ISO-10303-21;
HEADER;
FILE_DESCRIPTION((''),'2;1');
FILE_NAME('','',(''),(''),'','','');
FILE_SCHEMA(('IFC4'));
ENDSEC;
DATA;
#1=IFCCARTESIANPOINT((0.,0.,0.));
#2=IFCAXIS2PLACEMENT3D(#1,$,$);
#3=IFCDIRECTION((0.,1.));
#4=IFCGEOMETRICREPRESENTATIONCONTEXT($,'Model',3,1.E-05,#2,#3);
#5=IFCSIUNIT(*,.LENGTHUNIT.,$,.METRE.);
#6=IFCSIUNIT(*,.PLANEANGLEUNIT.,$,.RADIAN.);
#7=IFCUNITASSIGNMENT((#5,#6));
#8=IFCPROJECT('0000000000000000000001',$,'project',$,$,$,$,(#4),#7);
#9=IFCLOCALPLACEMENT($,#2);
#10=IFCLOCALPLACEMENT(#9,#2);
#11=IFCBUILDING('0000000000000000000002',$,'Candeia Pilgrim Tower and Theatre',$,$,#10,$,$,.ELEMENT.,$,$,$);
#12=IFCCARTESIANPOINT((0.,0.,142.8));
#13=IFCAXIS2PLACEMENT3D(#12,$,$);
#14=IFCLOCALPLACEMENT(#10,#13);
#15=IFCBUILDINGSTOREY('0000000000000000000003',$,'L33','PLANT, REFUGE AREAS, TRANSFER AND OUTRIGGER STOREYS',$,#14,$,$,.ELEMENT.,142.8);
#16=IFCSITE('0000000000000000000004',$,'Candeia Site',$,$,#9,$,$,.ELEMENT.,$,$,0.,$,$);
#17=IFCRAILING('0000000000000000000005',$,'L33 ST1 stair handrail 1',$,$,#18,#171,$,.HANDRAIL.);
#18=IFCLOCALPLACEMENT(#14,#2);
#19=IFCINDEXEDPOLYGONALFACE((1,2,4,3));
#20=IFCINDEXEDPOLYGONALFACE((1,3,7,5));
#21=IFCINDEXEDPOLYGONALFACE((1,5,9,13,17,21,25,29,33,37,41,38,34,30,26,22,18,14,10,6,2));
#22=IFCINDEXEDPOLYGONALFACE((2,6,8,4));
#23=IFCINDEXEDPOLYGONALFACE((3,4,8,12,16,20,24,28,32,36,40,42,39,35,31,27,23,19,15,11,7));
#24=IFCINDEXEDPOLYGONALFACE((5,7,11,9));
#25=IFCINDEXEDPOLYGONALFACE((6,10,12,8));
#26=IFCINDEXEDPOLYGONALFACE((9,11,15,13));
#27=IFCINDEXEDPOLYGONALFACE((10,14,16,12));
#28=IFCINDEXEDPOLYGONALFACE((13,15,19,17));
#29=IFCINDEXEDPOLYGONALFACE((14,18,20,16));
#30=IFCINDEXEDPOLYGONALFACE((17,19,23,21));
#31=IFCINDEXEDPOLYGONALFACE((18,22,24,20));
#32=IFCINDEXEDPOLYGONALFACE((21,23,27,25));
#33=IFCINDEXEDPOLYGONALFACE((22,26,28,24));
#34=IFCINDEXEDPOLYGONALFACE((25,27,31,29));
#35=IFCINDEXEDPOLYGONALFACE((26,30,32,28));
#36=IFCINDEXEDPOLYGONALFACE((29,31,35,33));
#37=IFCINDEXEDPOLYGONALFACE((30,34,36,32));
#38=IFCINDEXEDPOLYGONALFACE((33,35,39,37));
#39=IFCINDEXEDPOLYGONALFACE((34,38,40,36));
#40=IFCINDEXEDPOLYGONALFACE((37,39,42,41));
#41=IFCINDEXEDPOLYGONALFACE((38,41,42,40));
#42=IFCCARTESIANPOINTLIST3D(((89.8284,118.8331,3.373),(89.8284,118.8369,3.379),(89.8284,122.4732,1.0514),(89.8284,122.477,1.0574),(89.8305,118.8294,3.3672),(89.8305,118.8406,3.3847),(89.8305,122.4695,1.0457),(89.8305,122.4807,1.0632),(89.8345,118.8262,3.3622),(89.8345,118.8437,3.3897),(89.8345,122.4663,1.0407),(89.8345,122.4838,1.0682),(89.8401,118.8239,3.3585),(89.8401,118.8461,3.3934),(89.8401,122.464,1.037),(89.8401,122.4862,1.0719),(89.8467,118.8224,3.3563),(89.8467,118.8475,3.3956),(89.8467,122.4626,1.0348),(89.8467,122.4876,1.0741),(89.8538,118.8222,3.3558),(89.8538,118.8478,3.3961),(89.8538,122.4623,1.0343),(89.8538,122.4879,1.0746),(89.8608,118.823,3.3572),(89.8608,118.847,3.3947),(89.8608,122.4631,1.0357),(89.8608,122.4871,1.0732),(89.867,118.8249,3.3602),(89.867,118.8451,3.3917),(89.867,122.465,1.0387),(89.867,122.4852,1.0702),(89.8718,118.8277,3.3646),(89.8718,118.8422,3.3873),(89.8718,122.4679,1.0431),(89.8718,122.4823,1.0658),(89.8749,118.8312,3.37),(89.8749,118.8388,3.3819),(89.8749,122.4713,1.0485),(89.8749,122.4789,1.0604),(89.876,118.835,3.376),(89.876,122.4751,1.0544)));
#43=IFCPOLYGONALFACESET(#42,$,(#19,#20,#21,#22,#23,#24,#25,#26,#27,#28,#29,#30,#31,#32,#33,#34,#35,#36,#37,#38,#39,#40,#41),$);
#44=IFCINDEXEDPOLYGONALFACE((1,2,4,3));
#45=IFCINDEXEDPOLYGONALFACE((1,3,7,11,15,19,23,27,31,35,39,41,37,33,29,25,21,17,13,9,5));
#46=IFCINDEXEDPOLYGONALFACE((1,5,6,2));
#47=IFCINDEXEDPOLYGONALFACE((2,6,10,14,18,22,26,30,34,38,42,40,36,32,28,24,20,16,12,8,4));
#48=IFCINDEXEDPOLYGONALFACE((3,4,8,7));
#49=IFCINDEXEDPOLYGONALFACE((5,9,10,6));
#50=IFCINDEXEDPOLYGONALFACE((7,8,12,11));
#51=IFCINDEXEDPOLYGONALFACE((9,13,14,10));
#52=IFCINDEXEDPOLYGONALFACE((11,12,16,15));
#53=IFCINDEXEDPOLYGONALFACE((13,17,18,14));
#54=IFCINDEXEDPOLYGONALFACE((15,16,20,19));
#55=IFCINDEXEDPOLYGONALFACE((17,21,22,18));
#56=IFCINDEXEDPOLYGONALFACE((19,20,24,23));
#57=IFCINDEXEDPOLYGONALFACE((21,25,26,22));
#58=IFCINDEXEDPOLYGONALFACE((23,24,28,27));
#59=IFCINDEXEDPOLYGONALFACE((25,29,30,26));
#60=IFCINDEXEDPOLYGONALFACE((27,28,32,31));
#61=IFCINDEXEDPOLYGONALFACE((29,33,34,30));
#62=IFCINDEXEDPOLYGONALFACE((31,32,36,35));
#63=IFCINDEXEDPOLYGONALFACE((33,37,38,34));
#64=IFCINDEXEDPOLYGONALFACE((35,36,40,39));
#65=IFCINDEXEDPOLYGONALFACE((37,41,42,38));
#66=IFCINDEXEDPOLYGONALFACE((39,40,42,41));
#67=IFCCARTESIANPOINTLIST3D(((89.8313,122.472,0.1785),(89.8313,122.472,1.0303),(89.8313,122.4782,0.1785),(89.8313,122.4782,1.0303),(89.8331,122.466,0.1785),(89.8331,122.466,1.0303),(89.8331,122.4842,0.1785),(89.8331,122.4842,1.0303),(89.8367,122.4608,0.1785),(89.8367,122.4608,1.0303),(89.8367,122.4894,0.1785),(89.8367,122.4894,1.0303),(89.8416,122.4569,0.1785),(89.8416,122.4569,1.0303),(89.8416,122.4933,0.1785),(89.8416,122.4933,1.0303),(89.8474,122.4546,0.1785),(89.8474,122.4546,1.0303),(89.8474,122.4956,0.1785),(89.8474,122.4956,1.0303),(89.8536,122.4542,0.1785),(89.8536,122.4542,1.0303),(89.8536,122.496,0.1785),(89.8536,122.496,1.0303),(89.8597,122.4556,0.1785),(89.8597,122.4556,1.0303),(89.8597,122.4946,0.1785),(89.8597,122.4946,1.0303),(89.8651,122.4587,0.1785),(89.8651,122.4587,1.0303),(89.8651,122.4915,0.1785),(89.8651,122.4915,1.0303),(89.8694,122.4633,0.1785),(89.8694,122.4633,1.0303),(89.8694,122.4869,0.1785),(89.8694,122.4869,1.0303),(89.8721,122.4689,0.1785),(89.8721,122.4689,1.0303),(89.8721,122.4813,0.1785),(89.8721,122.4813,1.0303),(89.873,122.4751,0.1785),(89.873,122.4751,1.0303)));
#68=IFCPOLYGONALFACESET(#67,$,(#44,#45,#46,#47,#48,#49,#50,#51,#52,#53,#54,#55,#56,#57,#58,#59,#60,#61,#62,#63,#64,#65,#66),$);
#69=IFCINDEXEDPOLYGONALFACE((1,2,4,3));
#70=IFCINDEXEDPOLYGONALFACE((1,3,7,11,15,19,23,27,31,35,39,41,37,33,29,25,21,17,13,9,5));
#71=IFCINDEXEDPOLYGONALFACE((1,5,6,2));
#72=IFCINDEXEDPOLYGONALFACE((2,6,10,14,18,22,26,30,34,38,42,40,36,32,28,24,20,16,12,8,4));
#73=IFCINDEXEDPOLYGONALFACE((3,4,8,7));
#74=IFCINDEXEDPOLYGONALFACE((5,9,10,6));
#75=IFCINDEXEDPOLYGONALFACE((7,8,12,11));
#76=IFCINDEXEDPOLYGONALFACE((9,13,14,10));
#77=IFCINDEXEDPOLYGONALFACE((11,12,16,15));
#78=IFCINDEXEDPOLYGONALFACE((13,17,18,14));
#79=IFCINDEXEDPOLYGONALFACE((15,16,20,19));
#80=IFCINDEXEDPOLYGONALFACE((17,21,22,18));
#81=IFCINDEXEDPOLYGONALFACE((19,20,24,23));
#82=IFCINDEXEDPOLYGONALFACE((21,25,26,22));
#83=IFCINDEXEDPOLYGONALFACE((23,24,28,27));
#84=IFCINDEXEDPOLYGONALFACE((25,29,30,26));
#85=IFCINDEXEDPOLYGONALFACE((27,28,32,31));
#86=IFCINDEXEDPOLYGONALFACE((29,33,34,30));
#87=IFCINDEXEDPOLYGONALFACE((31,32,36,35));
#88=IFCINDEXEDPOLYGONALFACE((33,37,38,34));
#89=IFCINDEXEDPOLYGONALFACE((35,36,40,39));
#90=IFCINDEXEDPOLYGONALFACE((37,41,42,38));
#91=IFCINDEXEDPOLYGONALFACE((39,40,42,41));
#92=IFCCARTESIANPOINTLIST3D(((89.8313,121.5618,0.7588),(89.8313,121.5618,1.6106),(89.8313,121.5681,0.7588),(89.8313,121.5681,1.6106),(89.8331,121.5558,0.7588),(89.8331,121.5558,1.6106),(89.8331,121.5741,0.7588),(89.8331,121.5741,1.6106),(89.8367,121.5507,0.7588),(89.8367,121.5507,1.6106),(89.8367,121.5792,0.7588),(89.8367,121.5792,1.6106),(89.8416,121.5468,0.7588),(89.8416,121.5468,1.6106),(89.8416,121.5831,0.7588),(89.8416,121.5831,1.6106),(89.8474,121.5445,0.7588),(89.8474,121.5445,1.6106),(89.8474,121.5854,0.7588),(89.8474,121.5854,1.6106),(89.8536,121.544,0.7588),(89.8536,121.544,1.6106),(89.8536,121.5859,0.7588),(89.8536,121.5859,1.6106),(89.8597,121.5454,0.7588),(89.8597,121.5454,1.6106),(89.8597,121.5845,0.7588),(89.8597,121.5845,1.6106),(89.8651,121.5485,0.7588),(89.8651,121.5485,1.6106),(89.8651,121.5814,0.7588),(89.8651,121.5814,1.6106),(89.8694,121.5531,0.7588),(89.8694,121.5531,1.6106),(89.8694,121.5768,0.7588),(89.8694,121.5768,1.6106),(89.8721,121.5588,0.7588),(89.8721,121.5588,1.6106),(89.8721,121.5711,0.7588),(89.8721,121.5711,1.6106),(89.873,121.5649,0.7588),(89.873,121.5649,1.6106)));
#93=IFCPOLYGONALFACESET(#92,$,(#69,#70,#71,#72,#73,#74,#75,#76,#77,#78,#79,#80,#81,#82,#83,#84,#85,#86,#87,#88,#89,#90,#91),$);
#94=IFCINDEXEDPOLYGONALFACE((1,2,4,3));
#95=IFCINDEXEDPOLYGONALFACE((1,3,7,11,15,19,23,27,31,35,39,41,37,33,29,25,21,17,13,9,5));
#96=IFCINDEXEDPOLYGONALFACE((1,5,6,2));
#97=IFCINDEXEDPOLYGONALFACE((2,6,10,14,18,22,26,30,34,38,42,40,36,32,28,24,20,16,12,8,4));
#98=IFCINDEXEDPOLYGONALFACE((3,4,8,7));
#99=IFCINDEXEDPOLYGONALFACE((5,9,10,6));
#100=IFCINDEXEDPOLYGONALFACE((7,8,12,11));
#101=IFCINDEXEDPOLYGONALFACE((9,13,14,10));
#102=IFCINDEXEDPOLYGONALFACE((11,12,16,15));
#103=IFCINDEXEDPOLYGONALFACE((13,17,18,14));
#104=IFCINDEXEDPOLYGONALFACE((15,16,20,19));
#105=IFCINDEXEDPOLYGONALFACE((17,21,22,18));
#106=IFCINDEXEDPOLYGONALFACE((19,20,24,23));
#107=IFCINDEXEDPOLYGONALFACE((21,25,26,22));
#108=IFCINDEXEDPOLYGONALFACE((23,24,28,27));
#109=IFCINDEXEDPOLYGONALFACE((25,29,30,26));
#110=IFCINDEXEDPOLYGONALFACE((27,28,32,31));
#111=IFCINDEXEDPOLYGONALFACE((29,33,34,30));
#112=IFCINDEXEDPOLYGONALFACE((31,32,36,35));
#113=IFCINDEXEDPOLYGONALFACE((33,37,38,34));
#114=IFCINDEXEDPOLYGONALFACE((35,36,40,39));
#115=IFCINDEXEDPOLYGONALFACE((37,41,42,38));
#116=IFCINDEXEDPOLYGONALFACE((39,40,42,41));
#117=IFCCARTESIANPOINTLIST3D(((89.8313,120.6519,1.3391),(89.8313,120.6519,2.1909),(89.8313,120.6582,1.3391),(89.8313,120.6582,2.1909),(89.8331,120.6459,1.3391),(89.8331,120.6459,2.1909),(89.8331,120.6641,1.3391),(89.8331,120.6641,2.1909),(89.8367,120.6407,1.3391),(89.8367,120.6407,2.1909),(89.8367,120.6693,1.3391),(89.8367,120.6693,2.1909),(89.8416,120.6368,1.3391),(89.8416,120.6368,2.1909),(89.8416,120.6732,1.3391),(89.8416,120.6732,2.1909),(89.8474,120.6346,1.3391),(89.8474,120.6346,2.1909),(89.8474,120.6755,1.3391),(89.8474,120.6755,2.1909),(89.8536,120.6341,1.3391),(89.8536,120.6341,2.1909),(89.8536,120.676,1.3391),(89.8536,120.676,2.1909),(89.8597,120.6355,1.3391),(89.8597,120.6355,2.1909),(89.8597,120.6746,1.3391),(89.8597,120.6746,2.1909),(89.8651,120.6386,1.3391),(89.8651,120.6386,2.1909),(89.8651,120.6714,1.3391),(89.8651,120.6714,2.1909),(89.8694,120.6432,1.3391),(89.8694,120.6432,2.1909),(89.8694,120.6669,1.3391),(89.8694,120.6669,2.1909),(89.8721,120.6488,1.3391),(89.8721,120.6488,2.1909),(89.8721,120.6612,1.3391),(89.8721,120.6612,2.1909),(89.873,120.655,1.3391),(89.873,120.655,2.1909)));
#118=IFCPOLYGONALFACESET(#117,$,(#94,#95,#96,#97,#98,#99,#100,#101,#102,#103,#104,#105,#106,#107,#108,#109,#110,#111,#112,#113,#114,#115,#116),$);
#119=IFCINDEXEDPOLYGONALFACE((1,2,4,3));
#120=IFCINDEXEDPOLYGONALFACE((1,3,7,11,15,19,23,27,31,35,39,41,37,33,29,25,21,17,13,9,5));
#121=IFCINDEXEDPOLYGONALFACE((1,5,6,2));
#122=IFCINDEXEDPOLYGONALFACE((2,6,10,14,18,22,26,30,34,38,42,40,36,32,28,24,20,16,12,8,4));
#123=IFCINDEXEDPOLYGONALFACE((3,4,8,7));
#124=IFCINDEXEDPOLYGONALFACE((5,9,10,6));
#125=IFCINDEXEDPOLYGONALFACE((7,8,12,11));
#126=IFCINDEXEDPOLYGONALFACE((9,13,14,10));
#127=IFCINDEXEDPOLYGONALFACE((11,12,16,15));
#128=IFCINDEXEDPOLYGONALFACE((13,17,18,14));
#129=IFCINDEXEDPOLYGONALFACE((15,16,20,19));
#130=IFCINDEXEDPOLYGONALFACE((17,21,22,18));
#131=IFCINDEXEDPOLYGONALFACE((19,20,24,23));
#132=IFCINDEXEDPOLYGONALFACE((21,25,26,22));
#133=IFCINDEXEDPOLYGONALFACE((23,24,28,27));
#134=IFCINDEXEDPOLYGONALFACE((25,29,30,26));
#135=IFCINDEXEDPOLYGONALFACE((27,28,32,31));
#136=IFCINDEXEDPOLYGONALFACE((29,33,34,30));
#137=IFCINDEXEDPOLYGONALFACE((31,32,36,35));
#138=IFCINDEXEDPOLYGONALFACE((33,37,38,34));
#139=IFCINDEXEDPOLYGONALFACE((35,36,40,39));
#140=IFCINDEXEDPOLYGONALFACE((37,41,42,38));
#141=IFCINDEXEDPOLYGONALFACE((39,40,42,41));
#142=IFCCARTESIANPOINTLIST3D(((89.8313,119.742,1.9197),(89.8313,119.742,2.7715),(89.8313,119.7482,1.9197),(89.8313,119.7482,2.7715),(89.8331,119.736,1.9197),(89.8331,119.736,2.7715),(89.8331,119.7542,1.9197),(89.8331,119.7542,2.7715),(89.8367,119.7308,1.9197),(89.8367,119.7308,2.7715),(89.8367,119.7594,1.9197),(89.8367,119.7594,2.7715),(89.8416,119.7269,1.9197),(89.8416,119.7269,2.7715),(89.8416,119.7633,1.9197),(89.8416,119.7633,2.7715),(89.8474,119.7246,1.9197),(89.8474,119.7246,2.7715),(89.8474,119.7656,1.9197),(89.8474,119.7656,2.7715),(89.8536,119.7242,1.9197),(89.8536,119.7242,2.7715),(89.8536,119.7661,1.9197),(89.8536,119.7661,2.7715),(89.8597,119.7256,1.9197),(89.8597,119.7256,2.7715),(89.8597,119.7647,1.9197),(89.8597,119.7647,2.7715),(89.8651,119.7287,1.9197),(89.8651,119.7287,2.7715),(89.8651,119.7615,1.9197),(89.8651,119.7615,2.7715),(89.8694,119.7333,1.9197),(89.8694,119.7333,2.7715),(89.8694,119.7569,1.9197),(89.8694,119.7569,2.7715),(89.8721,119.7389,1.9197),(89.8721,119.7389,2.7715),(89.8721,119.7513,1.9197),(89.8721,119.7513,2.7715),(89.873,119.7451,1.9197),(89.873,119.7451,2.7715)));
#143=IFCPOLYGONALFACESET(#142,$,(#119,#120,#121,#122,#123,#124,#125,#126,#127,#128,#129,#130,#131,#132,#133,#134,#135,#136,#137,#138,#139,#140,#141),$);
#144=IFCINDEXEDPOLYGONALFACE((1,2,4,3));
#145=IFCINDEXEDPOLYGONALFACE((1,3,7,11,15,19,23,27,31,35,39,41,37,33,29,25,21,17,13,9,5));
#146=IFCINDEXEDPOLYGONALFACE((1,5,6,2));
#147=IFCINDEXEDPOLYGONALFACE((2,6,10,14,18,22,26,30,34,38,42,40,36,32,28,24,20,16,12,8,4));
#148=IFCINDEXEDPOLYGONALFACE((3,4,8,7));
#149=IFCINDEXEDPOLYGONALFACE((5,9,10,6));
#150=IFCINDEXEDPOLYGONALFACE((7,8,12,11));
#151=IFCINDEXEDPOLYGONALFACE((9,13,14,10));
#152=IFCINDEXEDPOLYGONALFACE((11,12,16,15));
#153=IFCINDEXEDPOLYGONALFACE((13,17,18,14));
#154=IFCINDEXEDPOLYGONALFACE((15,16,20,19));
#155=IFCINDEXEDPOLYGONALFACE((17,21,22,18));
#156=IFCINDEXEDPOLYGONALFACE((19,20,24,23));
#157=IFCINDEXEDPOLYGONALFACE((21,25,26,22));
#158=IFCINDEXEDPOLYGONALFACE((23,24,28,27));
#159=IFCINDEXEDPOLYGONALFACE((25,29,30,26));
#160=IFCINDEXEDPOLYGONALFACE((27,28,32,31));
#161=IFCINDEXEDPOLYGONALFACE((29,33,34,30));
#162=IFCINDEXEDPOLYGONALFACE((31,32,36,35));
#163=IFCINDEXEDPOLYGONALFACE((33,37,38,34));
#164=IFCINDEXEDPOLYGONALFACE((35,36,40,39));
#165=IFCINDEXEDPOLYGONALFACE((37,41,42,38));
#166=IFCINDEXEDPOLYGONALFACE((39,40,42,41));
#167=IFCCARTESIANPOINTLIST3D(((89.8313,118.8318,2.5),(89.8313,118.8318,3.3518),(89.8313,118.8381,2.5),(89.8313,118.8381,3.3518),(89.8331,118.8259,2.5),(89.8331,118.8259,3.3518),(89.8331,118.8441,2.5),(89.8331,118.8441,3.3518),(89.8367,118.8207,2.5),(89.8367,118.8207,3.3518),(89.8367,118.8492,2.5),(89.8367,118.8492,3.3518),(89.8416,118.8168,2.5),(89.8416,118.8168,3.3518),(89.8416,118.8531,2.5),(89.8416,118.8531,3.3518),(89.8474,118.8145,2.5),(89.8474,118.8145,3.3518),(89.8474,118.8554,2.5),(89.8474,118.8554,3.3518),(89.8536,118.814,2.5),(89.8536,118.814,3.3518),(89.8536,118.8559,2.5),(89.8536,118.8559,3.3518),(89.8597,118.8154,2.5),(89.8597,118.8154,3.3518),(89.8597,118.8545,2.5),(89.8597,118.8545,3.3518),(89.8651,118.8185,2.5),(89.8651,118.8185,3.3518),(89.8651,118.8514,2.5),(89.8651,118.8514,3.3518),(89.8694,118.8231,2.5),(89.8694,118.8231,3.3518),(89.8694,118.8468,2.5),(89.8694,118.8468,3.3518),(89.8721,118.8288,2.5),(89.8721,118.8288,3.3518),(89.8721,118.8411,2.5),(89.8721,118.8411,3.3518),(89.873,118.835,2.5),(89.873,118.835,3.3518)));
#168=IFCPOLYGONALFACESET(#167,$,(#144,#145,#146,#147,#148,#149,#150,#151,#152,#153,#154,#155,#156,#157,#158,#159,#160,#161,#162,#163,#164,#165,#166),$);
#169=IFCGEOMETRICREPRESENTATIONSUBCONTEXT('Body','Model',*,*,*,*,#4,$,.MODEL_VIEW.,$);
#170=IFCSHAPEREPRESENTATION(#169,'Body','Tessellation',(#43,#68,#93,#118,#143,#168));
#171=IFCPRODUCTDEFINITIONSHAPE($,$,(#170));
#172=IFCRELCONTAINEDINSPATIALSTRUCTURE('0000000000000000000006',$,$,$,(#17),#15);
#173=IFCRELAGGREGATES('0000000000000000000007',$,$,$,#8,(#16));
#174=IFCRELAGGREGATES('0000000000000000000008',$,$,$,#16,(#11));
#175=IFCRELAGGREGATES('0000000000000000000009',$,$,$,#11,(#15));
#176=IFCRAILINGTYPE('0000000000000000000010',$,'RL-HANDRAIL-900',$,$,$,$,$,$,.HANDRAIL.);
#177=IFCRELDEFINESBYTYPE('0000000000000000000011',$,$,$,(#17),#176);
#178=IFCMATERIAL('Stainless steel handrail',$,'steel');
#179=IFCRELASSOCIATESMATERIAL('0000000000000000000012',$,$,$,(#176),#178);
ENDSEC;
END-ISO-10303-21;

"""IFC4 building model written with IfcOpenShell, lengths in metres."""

from ifc_helpers import new_model, si_unit, direction, frame, origin, origin_2d, place, context, subcontext, project, spatial, circle, extrude, material, type_object, element, save


model = new_model("IFC4")

# Units and contexts
model_context = context("Model", 3, precision=1e-05, world=origin(), true_north=direction((0.0, 1.0)))
body_context = subcontext(model_context, "Body", "Model", "MODEL_VIEW")
ifc_project = project(units=[si_unit("LENGTHUNIT", "METRE"), si_unit("PLANEANGLEUNIT", "RADIAN")], contexts=[model_context])

# Site, building, storey
site_placement = place(None, origin())
site = spatial("IfcSite", under=ifc_project, at=site_placement, Name="Candeia Site", CompositionType="ELEMENT", RefElevation=0.0)
building_placement = place(site_placement, origin())
building = spatial("IfcBuilding", under=site, at=building_placement, Name="Candeia Pilgrim Tower and Theatre", CompositionType="ELEMENT")
storey_placement = place(building_placement, frame((0.0, 0.0, 142.8)))
storey = spatial("IfcBuildingStorey", under=building, at=storey_placement, Name="L33", Description="PLANT, REFUGE AREAS, TRANSFER AND OUTRIGGER STOREYS", CompositionType="ELEMENT", Elevation=142.8)

# Railing
ifc_material_1 = material(Name="Stainless steel handrail", Category="steel")
railing_type_1 = type_object("IfcRailingType", Name="RL-HANDRAIL-900", PredefinedType="HANDRAIL", material=ifc_material_1)
railing_1_placement = place(storey_placement, frame((89.8521, 122.4751, 0.1785)))
element("IfcRailing", 1, at=railing_1_placement, inside=storey, type_object=railing_type_1, Name="L33 ST1 stair handrail 1", PredefinedType="HANDRAIL", context=body_context, shape_type="SweptSolid", body=[
    extrude(circle(Radius=0.0239, at=origin_2d()), frame((0.0, 0.0, 0.876), z_axis=(0.0, -0.843128, 0.537713), x_axis=(1.0, 0.0, 0.0)), (0.0, 0.0, 1.0), 4.3174),
    extrude(circle(Radius=0.021, at=origin_2d()), origin(), (0.0, 0.0, 1.0), 0.8518),
    extrude(circle(Radius=0.021, at=origin_2d()), frame((0.0, -0.9102, 0.5803)), (0.0, 0.0, 1.0), 0.8518),
    extrude(circle(Radius=0.021, at=origin_2d()), frame((0.0, -1.8201, 1.1606)), (0.0, 0.0, 1.0), 0.8518),
    extrude(circle(Radius=0.021, at=origin_2d()), frame((0.0, -2.73, 1.7412)), (0.0, 0.0, 1.0), 0.8518),
    extrude(circle(Radius=0.021, at=origin_2d()), frame((0.0, -3.6401, 2.3215)), (0.0, 0.0, 1.0), 0.8518),
])

save(model, "model.ifc")
